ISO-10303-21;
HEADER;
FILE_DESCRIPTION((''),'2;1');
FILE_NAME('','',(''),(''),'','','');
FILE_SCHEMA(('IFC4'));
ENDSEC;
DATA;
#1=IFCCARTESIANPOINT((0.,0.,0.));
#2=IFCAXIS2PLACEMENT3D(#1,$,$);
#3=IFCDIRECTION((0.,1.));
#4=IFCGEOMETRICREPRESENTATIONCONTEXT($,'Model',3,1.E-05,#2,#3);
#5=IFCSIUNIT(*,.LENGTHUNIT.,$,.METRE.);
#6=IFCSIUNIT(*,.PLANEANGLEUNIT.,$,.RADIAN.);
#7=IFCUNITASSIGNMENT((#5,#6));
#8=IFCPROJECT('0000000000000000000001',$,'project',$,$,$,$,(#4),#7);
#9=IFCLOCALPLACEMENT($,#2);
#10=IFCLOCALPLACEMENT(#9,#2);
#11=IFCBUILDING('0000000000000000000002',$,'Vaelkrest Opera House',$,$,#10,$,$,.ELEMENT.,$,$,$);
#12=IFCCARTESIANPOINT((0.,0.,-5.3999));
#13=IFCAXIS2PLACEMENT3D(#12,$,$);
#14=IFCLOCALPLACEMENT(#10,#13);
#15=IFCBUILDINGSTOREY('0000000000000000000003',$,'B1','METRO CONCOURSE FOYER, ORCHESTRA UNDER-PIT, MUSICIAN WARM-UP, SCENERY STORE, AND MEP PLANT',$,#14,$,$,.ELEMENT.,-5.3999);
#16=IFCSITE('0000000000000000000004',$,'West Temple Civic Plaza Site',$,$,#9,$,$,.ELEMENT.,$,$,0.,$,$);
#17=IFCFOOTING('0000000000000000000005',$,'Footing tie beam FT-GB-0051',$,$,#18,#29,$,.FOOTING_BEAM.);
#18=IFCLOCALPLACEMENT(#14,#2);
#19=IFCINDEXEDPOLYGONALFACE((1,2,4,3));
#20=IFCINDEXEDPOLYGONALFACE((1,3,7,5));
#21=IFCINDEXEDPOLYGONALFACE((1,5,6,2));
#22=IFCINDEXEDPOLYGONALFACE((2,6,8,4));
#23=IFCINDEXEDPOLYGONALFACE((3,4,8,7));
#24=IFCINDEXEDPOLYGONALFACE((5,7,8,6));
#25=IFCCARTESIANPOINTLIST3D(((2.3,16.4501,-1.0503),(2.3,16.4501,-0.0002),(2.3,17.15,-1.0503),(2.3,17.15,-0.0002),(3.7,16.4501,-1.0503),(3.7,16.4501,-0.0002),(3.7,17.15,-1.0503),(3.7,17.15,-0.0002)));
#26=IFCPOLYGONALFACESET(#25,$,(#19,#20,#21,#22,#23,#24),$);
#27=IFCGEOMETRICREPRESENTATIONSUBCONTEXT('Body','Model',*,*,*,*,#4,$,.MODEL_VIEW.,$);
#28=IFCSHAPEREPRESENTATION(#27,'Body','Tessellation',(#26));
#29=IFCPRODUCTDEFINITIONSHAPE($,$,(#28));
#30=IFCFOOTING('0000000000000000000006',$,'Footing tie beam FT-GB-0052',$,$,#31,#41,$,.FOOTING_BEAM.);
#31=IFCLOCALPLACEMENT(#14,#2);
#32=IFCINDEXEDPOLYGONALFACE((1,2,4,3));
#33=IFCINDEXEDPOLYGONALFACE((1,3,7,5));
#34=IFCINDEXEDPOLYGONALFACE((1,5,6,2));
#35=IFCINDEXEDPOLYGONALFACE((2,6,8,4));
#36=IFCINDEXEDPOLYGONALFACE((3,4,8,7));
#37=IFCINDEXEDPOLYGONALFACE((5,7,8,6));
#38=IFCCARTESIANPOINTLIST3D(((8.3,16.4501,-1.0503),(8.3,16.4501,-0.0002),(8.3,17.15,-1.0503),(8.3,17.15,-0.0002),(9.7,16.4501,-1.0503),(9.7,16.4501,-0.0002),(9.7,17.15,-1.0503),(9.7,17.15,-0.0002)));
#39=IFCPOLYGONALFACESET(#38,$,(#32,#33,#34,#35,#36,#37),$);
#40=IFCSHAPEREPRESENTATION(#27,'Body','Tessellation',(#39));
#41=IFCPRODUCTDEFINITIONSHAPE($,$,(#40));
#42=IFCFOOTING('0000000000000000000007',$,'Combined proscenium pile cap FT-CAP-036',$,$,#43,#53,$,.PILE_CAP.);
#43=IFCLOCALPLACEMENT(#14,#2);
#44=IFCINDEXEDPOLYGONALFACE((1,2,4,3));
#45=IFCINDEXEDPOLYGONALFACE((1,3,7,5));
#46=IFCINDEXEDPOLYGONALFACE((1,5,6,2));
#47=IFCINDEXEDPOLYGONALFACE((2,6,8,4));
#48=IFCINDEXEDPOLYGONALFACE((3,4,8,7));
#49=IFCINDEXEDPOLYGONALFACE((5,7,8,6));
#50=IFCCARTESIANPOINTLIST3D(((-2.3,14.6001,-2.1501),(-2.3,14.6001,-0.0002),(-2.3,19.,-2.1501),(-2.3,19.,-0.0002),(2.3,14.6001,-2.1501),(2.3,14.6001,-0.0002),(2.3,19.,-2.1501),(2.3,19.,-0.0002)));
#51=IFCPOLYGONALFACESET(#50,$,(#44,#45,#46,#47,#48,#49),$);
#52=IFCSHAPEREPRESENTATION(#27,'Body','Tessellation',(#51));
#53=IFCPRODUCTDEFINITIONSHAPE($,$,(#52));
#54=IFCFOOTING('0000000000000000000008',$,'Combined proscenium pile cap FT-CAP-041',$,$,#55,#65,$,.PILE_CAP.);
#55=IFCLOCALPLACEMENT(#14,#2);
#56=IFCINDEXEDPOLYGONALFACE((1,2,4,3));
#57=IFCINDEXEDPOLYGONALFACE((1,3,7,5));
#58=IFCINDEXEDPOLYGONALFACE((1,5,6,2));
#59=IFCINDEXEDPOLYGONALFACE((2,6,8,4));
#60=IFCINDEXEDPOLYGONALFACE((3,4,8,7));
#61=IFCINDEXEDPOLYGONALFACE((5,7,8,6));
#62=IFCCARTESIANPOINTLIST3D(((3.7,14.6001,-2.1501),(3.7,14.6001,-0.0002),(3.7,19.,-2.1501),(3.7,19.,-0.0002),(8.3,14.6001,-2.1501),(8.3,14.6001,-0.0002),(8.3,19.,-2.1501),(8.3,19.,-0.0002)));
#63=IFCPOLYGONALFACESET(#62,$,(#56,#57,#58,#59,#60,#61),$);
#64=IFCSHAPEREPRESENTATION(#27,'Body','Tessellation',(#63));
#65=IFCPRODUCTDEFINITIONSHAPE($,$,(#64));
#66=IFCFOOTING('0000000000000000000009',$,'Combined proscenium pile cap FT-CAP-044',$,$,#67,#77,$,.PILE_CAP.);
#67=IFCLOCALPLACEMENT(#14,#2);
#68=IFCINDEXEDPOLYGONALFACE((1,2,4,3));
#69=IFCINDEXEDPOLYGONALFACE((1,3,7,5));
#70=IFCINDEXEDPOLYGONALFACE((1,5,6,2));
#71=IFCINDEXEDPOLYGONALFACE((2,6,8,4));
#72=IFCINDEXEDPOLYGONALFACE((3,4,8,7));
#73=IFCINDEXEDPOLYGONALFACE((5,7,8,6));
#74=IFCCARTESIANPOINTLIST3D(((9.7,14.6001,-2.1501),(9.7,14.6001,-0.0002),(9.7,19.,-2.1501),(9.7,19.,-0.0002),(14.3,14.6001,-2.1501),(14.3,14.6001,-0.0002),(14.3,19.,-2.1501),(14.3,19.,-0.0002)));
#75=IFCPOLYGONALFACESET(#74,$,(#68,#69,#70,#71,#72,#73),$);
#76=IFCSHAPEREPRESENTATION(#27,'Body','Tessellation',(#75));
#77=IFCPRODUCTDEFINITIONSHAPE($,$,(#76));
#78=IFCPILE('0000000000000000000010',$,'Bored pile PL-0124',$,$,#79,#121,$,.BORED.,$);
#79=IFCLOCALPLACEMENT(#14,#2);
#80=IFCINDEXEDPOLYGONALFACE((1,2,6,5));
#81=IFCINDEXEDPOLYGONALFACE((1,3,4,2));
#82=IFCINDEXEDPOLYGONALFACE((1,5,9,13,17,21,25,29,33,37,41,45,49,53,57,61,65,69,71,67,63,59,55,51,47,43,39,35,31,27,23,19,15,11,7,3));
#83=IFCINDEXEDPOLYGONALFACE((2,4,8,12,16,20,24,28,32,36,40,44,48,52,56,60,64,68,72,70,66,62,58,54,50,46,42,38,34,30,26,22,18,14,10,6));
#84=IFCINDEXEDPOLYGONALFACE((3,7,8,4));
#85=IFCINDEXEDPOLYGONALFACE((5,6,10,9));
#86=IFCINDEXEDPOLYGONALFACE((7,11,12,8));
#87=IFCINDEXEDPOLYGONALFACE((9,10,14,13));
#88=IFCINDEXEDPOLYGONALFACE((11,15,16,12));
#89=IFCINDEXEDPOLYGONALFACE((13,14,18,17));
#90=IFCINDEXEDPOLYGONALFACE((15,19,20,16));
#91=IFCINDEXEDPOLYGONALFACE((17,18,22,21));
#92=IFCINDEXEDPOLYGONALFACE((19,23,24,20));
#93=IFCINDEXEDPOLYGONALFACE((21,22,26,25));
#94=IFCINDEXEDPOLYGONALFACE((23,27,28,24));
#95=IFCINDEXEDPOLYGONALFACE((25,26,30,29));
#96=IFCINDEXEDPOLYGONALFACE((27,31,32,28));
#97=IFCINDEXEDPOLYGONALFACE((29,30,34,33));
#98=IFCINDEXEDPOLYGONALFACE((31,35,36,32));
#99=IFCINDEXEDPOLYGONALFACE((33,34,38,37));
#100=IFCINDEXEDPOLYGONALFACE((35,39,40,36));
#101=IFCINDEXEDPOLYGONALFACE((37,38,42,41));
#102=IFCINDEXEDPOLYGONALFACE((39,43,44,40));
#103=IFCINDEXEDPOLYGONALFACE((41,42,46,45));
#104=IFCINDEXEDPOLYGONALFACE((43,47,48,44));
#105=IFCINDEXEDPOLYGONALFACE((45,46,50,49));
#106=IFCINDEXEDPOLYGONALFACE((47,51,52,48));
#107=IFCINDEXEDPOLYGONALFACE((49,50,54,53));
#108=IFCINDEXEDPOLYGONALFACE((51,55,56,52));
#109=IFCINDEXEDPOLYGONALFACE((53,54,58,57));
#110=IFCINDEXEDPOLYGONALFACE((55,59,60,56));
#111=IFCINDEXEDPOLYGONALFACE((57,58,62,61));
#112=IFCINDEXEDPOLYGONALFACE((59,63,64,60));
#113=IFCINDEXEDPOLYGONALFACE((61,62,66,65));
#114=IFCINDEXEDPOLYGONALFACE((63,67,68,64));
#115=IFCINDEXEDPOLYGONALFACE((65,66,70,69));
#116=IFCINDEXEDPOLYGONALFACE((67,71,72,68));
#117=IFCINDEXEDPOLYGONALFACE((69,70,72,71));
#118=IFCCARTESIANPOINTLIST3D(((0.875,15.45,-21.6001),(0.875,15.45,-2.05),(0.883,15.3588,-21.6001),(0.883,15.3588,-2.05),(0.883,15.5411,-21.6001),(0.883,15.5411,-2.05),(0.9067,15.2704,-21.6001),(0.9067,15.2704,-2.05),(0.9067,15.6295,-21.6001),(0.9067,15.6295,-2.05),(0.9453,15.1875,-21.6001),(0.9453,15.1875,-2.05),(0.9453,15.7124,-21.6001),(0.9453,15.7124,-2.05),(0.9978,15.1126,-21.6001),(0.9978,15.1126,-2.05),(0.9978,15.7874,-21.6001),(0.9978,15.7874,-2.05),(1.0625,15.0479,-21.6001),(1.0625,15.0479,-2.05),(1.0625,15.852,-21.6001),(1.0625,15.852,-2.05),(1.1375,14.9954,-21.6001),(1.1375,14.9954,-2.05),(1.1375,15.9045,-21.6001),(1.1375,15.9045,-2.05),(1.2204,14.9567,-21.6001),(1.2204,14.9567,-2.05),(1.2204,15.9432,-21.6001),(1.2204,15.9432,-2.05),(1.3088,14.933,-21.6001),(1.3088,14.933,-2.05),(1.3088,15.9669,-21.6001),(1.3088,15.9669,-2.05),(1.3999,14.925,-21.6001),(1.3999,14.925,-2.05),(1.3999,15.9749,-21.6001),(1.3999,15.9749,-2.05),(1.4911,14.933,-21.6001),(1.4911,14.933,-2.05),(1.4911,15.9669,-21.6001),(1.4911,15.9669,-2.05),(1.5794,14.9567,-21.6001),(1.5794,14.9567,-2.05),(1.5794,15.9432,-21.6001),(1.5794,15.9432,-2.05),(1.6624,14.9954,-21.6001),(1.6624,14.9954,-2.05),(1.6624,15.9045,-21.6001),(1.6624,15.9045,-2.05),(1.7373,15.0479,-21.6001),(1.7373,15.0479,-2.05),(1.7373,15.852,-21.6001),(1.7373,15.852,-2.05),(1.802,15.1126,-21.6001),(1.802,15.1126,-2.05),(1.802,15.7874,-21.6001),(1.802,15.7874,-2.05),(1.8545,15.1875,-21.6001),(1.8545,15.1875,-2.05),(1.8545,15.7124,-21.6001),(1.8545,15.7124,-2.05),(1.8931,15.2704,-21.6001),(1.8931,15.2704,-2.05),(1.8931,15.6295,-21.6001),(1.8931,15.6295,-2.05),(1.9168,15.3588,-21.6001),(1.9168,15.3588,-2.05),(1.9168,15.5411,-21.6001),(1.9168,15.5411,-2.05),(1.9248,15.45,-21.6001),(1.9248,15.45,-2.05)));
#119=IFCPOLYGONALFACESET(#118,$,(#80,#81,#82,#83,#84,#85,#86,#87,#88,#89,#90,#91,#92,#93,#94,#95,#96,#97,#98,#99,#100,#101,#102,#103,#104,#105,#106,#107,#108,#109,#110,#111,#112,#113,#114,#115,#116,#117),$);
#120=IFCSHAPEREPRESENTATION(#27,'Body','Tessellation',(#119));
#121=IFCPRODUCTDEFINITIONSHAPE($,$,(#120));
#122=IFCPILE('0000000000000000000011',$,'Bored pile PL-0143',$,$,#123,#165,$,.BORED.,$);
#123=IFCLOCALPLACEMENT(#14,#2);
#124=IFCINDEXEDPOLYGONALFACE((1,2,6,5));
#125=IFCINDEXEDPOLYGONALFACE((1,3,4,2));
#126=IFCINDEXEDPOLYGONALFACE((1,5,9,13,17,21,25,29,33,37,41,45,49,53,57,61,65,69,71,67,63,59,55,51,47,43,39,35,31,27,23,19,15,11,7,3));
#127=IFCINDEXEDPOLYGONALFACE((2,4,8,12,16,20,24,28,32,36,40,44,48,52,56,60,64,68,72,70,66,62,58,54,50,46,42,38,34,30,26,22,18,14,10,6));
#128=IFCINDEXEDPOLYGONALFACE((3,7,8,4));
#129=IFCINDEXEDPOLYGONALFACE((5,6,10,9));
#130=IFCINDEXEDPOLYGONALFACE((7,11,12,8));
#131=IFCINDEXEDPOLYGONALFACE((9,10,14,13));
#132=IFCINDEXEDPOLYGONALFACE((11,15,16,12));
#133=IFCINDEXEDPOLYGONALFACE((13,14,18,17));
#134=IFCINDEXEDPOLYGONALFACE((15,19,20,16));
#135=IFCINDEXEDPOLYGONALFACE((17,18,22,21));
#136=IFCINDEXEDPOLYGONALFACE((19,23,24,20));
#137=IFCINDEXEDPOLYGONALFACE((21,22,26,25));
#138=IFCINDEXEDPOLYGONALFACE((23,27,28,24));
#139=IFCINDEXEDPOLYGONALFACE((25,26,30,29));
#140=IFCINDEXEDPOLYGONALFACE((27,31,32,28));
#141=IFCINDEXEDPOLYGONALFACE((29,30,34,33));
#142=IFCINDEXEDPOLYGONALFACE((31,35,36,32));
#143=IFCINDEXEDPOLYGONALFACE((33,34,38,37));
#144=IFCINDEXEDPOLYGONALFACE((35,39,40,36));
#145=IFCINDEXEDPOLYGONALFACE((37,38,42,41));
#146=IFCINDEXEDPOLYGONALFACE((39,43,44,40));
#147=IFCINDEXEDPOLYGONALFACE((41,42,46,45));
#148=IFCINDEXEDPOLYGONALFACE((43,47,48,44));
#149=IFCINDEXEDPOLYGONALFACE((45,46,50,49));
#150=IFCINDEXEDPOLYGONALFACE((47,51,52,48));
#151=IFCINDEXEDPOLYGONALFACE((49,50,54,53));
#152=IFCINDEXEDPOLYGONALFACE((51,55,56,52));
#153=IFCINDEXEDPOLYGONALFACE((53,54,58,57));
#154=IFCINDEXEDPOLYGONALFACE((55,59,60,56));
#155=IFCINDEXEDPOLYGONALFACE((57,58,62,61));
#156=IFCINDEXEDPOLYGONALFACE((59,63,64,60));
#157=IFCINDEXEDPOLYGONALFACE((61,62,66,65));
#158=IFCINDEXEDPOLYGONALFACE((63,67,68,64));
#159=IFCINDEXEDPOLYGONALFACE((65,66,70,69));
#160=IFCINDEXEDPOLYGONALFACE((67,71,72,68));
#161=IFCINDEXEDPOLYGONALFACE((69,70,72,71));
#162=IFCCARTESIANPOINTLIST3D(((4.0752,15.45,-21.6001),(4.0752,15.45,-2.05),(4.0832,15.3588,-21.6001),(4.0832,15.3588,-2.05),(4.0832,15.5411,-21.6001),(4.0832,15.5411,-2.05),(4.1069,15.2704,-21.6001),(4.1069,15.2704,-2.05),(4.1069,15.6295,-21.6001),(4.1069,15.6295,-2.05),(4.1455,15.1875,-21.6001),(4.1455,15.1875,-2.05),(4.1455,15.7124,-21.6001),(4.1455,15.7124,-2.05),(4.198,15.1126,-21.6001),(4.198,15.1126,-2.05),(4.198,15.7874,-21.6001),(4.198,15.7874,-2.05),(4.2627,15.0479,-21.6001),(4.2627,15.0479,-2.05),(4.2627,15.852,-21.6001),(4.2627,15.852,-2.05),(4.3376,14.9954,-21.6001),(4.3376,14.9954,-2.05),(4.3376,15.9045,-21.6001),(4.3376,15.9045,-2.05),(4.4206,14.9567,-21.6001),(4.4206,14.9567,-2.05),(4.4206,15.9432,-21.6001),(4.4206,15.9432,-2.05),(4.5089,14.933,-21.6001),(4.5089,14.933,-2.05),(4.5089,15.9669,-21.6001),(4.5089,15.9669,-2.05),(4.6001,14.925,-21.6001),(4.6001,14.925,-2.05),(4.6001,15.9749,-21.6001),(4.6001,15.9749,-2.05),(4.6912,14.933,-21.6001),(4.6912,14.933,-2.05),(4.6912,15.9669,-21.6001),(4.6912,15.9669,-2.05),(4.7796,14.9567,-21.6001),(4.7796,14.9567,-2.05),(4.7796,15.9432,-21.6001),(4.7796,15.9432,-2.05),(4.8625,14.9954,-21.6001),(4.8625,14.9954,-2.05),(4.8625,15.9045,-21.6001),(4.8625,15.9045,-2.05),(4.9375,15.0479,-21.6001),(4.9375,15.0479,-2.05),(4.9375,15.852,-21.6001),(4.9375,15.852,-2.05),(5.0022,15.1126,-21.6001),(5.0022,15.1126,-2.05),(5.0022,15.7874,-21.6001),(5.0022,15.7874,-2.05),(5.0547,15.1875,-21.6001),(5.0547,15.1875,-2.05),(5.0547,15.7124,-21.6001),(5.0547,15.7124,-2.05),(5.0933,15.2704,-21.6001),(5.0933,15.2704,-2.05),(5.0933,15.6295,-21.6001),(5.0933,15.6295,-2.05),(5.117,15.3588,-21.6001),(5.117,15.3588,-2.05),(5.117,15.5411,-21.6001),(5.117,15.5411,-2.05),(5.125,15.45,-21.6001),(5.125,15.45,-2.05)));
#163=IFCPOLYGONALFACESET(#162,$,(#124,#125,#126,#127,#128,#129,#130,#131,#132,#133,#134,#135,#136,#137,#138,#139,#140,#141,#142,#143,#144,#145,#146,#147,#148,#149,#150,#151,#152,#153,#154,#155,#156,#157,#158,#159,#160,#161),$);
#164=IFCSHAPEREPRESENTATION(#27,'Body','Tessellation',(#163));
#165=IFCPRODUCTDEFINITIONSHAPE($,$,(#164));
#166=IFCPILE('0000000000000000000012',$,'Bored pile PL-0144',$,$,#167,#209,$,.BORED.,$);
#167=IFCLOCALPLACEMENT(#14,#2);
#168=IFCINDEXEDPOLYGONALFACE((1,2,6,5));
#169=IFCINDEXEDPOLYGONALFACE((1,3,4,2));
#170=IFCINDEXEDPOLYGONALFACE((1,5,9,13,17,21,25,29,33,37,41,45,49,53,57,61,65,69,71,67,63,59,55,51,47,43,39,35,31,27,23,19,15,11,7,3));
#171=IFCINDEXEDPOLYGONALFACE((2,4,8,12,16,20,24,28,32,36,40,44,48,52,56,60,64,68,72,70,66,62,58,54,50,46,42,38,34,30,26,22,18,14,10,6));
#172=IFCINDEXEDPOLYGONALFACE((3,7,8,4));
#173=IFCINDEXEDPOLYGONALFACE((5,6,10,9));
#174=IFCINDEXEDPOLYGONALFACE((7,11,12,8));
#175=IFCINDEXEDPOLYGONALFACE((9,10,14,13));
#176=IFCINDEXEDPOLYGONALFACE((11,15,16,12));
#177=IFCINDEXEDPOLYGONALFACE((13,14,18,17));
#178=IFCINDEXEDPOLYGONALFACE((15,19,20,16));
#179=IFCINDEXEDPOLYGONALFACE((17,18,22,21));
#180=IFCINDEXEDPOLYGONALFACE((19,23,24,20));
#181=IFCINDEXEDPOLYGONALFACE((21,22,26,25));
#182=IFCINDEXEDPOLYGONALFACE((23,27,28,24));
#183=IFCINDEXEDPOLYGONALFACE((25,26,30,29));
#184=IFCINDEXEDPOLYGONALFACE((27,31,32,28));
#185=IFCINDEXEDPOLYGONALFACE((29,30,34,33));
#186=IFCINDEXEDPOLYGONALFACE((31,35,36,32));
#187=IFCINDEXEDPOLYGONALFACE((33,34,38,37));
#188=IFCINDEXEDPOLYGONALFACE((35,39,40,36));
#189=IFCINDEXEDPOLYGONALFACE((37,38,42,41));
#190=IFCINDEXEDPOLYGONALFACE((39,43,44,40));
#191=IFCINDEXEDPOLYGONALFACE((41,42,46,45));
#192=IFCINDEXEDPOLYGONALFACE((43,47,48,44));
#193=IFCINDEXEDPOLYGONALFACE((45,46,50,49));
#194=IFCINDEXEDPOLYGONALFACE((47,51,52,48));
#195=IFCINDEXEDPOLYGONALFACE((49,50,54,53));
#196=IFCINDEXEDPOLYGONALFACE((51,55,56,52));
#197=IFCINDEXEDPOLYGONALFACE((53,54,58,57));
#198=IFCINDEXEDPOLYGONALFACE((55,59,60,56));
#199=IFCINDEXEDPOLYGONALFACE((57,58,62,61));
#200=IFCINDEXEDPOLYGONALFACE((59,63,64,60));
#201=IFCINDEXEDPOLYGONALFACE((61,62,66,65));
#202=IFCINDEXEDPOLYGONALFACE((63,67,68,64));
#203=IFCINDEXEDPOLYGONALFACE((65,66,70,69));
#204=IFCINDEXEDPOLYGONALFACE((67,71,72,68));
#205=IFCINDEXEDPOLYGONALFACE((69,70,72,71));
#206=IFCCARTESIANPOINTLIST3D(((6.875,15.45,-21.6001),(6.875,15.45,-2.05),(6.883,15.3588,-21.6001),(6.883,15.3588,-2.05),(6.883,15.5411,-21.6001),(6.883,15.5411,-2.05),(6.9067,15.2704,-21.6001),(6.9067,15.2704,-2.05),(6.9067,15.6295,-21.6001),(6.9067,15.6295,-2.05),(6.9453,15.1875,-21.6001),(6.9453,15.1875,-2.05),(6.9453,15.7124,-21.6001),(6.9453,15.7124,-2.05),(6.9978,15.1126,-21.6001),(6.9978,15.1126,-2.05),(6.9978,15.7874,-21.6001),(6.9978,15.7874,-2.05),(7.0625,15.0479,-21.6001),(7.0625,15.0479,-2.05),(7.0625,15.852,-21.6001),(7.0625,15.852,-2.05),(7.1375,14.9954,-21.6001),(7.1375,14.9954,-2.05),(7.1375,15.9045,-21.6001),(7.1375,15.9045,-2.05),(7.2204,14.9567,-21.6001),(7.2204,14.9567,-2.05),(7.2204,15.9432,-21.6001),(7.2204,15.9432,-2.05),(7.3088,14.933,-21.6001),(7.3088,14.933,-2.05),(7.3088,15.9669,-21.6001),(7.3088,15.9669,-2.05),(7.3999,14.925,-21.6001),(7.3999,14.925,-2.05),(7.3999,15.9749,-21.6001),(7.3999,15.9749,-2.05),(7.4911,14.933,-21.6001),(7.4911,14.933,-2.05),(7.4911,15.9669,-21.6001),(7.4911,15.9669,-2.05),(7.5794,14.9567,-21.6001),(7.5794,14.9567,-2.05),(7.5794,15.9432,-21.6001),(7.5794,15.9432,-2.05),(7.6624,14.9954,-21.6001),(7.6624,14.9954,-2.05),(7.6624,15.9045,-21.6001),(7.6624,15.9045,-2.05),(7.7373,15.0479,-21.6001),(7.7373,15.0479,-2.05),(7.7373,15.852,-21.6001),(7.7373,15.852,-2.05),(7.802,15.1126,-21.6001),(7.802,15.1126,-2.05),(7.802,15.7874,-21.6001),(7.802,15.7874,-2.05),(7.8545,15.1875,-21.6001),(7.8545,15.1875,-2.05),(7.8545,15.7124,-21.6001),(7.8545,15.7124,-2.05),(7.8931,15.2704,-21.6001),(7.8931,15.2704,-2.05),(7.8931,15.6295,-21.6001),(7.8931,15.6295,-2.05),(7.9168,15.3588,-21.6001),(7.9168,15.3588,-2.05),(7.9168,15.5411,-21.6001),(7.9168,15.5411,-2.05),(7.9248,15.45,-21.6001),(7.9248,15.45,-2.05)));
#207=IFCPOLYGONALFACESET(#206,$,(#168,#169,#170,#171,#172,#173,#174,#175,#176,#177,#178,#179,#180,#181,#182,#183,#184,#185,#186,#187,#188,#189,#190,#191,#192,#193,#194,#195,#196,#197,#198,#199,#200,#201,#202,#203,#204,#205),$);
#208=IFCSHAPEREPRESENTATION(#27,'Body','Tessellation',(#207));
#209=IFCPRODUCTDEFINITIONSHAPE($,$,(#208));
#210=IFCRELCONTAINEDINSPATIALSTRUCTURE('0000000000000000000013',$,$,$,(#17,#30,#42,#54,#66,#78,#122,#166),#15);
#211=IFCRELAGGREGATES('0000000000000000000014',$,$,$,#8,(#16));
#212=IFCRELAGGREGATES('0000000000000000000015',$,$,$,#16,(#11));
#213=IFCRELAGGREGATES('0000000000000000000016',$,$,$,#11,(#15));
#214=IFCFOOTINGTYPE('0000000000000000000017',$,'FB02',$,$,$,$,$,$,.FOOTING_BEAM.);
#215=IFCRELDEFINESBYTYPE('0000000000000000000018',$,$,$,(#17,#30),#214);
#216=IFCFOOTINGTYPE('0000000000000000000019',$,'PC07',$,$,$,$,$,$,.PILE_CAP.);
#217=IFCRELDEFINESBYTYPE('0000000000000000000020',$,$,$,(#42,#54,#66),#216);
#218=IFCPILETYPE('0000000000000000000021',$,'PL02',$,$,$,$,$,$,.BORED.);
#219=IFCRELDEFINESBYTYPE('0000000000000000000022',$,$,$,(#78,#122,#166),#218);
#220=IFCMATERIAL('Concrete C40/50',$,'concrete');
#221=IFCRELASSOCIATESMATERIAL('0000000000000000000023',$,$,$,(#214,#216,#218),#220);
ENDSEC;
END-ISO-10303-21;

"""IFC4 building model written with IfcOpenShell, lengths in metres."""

from ifc_helpers import new_model, si_unit, direction, frame, origin, origin_2d, place, context, subcontext, project, spatial, rectangle, circle, extrude, material, material_profile, profile_set, type_object, element, save


model = new_model("IFC4")

# Units and contexts
model_context = context("Model", 3, precision=1e-05, world=origin(), true_north=direction((0.0, 1.0)))
body_context = subcontext(model_context, "Body", "Model", "MODEL_VIEW")
ifc_project = project(units=[si_unit("LENGTHUNIT", "METRE"), si_unit("PLANEANGLEUNIT", "RADIAN")], contexts=[model_context])

# Site, building, storey
site_placement = place(None, origin())
site = spatial("IfcSite", under=ifc_project, at=site_placement, Name="West Temple Civic Plaza Site", CompositionType="ELEMENT", RefElevation=0.0)
building_placement = place(site_placement, origin())
building = spatial("IfcBuilding", under=site, at=building_placement, Name="Vaelkrest Opera House", CompositionType="ELEMENT")
storey_placement = place(building_placement, frame((0.0, 0.0, -5.3999)))
storey = spatial("IfcBuildingStorey", under=building, at=storey_placement, Name="B1", Description="METRO CONCOURSE FOYER, ORCHESTRA UNDER-PIT, MUSICIAN WARM-UP, SCENERY STORE, AND MEP PLANT", CompositionType="ELEMENT", Elevation=-5.3999)

# Footings
ifc_material_1 = material(Name="Concrete C40/50", Category="concrete")
footing_type_1 = type_object("IfcFootingType", Name="FB02", PredefinedType="FOOTING_BEAM", material=ifc_material_1)
for number, where, z_axis, x_axis, name in (
    (1, (3.0, 16.8, -1.0503), (0.0, 0.0, 1.0), (1.0, 0.0, 0.0), "Footing tie beam FT-GB-0051"),
    (2, (9.0, 16.8, -1.0503), (0.0, 0.0, 1.0), (1.0, 0.0, 0.0), "Footing tie beam FT-GB-0052"),
):
    element("IfcFooting", number, at=place(storey_placement, frame(where, z_axis=z_axis, x_axis=x_axis)), inside=storey, type_object=footing_type_1, Name=name, PredefinedType="FOOTING_BEAM", context=body_context, shape_type="SweptSolid", body=[
        extrude(rectangle(XDim=1.3999, YDim=0.7, at=origin_2d()), origin(), (0.0, 0.0, 1.0), 1.05),
    ])
footing_type_2 = type_object("IfcFootingType", Name="PC07", PredefinedType="PILE_CAP", material=ifc_material_1)
for number, where, z_axis, x_axis, name in (
    (3, (0.0, 16.8, -2.1501), (0.0, 0.0, 1.0), (1.0, 0.0, 0.0), "Combined proscenium pile cap FT-CAP-036"),
    (4, (6.0, 16.8, -2.1501), (0.0, 0.0, 1.0), (1.0, 0.0, 0.0), "Combined proscenium pile cap FT-CAP-041"),
    (5, (12.0, 16.8, -2.1501), (0.0, 0.0, 1.0), (1.0, 0.0, 0.0), "Combined proscenium pile cap FT-CAP-044"),
):
    element("IfcFooting", number, at=place(storey_placement, frame(where, z_axis=z_axis, x_axis=x_axis)), inside=storey, type_object=footing_type_2, Name=name, PredefinedType="PILE_CAP", context=body_context, shape_type="SweptSolid", body=[
        extrude(rectangle(XDim=4.6001, YDim=4.3999, at=origin_2d()), origin(), (0.0, 0.0, 1.0), 2.1499),
    ])

# Piles
ifc_material_profile_1 = material_profile(ifc_material_1, circle(Radius=0.5249, at=origin_2d()), Name="PILE1050")
ifc_profile_set_1 = profile_set([ifc_material_profile_1], Name="Concrete C40/50")
pile_type = type_object("IfcPileType", Name="PL02", PredefinedType="BORED", material=ifc_profile_set_1)
for number, where, z_axis, x_axis, name in (
    (6, (1.3999, 15.45, -2.05), (0.0, 0.0, -1.0), (1.0, 0.0, 0.0), "Bored pile PL-0124"),
    (7, (4.6001, 15.45, -2.05), (0.0, 0.0, -1.0), (1.0, 0.0, 0.0), "Bored pile PL-0143"),
    (8, (7.3999, 15.45, -2.05), (0.0, 0.0, -1.0), (1.0, 0.0, 0.0), "Bored pile PL-0144"),
):
    element("IfcPile", number, at=place(storey_placement, frame(where, z_axis=z_axis, x_axis=x_axis)), inside=storey, type_object=pile_type, Name=name, PredefinedType="BORED", context=body_context, shape_type="SweptSolid", body=[
        extrude(circle(Radius=0.5249, at=origin_2d()), origin(), (0.0, 0.0, 1.0), 19.55),
    ])

save(model, "model.ifc")
